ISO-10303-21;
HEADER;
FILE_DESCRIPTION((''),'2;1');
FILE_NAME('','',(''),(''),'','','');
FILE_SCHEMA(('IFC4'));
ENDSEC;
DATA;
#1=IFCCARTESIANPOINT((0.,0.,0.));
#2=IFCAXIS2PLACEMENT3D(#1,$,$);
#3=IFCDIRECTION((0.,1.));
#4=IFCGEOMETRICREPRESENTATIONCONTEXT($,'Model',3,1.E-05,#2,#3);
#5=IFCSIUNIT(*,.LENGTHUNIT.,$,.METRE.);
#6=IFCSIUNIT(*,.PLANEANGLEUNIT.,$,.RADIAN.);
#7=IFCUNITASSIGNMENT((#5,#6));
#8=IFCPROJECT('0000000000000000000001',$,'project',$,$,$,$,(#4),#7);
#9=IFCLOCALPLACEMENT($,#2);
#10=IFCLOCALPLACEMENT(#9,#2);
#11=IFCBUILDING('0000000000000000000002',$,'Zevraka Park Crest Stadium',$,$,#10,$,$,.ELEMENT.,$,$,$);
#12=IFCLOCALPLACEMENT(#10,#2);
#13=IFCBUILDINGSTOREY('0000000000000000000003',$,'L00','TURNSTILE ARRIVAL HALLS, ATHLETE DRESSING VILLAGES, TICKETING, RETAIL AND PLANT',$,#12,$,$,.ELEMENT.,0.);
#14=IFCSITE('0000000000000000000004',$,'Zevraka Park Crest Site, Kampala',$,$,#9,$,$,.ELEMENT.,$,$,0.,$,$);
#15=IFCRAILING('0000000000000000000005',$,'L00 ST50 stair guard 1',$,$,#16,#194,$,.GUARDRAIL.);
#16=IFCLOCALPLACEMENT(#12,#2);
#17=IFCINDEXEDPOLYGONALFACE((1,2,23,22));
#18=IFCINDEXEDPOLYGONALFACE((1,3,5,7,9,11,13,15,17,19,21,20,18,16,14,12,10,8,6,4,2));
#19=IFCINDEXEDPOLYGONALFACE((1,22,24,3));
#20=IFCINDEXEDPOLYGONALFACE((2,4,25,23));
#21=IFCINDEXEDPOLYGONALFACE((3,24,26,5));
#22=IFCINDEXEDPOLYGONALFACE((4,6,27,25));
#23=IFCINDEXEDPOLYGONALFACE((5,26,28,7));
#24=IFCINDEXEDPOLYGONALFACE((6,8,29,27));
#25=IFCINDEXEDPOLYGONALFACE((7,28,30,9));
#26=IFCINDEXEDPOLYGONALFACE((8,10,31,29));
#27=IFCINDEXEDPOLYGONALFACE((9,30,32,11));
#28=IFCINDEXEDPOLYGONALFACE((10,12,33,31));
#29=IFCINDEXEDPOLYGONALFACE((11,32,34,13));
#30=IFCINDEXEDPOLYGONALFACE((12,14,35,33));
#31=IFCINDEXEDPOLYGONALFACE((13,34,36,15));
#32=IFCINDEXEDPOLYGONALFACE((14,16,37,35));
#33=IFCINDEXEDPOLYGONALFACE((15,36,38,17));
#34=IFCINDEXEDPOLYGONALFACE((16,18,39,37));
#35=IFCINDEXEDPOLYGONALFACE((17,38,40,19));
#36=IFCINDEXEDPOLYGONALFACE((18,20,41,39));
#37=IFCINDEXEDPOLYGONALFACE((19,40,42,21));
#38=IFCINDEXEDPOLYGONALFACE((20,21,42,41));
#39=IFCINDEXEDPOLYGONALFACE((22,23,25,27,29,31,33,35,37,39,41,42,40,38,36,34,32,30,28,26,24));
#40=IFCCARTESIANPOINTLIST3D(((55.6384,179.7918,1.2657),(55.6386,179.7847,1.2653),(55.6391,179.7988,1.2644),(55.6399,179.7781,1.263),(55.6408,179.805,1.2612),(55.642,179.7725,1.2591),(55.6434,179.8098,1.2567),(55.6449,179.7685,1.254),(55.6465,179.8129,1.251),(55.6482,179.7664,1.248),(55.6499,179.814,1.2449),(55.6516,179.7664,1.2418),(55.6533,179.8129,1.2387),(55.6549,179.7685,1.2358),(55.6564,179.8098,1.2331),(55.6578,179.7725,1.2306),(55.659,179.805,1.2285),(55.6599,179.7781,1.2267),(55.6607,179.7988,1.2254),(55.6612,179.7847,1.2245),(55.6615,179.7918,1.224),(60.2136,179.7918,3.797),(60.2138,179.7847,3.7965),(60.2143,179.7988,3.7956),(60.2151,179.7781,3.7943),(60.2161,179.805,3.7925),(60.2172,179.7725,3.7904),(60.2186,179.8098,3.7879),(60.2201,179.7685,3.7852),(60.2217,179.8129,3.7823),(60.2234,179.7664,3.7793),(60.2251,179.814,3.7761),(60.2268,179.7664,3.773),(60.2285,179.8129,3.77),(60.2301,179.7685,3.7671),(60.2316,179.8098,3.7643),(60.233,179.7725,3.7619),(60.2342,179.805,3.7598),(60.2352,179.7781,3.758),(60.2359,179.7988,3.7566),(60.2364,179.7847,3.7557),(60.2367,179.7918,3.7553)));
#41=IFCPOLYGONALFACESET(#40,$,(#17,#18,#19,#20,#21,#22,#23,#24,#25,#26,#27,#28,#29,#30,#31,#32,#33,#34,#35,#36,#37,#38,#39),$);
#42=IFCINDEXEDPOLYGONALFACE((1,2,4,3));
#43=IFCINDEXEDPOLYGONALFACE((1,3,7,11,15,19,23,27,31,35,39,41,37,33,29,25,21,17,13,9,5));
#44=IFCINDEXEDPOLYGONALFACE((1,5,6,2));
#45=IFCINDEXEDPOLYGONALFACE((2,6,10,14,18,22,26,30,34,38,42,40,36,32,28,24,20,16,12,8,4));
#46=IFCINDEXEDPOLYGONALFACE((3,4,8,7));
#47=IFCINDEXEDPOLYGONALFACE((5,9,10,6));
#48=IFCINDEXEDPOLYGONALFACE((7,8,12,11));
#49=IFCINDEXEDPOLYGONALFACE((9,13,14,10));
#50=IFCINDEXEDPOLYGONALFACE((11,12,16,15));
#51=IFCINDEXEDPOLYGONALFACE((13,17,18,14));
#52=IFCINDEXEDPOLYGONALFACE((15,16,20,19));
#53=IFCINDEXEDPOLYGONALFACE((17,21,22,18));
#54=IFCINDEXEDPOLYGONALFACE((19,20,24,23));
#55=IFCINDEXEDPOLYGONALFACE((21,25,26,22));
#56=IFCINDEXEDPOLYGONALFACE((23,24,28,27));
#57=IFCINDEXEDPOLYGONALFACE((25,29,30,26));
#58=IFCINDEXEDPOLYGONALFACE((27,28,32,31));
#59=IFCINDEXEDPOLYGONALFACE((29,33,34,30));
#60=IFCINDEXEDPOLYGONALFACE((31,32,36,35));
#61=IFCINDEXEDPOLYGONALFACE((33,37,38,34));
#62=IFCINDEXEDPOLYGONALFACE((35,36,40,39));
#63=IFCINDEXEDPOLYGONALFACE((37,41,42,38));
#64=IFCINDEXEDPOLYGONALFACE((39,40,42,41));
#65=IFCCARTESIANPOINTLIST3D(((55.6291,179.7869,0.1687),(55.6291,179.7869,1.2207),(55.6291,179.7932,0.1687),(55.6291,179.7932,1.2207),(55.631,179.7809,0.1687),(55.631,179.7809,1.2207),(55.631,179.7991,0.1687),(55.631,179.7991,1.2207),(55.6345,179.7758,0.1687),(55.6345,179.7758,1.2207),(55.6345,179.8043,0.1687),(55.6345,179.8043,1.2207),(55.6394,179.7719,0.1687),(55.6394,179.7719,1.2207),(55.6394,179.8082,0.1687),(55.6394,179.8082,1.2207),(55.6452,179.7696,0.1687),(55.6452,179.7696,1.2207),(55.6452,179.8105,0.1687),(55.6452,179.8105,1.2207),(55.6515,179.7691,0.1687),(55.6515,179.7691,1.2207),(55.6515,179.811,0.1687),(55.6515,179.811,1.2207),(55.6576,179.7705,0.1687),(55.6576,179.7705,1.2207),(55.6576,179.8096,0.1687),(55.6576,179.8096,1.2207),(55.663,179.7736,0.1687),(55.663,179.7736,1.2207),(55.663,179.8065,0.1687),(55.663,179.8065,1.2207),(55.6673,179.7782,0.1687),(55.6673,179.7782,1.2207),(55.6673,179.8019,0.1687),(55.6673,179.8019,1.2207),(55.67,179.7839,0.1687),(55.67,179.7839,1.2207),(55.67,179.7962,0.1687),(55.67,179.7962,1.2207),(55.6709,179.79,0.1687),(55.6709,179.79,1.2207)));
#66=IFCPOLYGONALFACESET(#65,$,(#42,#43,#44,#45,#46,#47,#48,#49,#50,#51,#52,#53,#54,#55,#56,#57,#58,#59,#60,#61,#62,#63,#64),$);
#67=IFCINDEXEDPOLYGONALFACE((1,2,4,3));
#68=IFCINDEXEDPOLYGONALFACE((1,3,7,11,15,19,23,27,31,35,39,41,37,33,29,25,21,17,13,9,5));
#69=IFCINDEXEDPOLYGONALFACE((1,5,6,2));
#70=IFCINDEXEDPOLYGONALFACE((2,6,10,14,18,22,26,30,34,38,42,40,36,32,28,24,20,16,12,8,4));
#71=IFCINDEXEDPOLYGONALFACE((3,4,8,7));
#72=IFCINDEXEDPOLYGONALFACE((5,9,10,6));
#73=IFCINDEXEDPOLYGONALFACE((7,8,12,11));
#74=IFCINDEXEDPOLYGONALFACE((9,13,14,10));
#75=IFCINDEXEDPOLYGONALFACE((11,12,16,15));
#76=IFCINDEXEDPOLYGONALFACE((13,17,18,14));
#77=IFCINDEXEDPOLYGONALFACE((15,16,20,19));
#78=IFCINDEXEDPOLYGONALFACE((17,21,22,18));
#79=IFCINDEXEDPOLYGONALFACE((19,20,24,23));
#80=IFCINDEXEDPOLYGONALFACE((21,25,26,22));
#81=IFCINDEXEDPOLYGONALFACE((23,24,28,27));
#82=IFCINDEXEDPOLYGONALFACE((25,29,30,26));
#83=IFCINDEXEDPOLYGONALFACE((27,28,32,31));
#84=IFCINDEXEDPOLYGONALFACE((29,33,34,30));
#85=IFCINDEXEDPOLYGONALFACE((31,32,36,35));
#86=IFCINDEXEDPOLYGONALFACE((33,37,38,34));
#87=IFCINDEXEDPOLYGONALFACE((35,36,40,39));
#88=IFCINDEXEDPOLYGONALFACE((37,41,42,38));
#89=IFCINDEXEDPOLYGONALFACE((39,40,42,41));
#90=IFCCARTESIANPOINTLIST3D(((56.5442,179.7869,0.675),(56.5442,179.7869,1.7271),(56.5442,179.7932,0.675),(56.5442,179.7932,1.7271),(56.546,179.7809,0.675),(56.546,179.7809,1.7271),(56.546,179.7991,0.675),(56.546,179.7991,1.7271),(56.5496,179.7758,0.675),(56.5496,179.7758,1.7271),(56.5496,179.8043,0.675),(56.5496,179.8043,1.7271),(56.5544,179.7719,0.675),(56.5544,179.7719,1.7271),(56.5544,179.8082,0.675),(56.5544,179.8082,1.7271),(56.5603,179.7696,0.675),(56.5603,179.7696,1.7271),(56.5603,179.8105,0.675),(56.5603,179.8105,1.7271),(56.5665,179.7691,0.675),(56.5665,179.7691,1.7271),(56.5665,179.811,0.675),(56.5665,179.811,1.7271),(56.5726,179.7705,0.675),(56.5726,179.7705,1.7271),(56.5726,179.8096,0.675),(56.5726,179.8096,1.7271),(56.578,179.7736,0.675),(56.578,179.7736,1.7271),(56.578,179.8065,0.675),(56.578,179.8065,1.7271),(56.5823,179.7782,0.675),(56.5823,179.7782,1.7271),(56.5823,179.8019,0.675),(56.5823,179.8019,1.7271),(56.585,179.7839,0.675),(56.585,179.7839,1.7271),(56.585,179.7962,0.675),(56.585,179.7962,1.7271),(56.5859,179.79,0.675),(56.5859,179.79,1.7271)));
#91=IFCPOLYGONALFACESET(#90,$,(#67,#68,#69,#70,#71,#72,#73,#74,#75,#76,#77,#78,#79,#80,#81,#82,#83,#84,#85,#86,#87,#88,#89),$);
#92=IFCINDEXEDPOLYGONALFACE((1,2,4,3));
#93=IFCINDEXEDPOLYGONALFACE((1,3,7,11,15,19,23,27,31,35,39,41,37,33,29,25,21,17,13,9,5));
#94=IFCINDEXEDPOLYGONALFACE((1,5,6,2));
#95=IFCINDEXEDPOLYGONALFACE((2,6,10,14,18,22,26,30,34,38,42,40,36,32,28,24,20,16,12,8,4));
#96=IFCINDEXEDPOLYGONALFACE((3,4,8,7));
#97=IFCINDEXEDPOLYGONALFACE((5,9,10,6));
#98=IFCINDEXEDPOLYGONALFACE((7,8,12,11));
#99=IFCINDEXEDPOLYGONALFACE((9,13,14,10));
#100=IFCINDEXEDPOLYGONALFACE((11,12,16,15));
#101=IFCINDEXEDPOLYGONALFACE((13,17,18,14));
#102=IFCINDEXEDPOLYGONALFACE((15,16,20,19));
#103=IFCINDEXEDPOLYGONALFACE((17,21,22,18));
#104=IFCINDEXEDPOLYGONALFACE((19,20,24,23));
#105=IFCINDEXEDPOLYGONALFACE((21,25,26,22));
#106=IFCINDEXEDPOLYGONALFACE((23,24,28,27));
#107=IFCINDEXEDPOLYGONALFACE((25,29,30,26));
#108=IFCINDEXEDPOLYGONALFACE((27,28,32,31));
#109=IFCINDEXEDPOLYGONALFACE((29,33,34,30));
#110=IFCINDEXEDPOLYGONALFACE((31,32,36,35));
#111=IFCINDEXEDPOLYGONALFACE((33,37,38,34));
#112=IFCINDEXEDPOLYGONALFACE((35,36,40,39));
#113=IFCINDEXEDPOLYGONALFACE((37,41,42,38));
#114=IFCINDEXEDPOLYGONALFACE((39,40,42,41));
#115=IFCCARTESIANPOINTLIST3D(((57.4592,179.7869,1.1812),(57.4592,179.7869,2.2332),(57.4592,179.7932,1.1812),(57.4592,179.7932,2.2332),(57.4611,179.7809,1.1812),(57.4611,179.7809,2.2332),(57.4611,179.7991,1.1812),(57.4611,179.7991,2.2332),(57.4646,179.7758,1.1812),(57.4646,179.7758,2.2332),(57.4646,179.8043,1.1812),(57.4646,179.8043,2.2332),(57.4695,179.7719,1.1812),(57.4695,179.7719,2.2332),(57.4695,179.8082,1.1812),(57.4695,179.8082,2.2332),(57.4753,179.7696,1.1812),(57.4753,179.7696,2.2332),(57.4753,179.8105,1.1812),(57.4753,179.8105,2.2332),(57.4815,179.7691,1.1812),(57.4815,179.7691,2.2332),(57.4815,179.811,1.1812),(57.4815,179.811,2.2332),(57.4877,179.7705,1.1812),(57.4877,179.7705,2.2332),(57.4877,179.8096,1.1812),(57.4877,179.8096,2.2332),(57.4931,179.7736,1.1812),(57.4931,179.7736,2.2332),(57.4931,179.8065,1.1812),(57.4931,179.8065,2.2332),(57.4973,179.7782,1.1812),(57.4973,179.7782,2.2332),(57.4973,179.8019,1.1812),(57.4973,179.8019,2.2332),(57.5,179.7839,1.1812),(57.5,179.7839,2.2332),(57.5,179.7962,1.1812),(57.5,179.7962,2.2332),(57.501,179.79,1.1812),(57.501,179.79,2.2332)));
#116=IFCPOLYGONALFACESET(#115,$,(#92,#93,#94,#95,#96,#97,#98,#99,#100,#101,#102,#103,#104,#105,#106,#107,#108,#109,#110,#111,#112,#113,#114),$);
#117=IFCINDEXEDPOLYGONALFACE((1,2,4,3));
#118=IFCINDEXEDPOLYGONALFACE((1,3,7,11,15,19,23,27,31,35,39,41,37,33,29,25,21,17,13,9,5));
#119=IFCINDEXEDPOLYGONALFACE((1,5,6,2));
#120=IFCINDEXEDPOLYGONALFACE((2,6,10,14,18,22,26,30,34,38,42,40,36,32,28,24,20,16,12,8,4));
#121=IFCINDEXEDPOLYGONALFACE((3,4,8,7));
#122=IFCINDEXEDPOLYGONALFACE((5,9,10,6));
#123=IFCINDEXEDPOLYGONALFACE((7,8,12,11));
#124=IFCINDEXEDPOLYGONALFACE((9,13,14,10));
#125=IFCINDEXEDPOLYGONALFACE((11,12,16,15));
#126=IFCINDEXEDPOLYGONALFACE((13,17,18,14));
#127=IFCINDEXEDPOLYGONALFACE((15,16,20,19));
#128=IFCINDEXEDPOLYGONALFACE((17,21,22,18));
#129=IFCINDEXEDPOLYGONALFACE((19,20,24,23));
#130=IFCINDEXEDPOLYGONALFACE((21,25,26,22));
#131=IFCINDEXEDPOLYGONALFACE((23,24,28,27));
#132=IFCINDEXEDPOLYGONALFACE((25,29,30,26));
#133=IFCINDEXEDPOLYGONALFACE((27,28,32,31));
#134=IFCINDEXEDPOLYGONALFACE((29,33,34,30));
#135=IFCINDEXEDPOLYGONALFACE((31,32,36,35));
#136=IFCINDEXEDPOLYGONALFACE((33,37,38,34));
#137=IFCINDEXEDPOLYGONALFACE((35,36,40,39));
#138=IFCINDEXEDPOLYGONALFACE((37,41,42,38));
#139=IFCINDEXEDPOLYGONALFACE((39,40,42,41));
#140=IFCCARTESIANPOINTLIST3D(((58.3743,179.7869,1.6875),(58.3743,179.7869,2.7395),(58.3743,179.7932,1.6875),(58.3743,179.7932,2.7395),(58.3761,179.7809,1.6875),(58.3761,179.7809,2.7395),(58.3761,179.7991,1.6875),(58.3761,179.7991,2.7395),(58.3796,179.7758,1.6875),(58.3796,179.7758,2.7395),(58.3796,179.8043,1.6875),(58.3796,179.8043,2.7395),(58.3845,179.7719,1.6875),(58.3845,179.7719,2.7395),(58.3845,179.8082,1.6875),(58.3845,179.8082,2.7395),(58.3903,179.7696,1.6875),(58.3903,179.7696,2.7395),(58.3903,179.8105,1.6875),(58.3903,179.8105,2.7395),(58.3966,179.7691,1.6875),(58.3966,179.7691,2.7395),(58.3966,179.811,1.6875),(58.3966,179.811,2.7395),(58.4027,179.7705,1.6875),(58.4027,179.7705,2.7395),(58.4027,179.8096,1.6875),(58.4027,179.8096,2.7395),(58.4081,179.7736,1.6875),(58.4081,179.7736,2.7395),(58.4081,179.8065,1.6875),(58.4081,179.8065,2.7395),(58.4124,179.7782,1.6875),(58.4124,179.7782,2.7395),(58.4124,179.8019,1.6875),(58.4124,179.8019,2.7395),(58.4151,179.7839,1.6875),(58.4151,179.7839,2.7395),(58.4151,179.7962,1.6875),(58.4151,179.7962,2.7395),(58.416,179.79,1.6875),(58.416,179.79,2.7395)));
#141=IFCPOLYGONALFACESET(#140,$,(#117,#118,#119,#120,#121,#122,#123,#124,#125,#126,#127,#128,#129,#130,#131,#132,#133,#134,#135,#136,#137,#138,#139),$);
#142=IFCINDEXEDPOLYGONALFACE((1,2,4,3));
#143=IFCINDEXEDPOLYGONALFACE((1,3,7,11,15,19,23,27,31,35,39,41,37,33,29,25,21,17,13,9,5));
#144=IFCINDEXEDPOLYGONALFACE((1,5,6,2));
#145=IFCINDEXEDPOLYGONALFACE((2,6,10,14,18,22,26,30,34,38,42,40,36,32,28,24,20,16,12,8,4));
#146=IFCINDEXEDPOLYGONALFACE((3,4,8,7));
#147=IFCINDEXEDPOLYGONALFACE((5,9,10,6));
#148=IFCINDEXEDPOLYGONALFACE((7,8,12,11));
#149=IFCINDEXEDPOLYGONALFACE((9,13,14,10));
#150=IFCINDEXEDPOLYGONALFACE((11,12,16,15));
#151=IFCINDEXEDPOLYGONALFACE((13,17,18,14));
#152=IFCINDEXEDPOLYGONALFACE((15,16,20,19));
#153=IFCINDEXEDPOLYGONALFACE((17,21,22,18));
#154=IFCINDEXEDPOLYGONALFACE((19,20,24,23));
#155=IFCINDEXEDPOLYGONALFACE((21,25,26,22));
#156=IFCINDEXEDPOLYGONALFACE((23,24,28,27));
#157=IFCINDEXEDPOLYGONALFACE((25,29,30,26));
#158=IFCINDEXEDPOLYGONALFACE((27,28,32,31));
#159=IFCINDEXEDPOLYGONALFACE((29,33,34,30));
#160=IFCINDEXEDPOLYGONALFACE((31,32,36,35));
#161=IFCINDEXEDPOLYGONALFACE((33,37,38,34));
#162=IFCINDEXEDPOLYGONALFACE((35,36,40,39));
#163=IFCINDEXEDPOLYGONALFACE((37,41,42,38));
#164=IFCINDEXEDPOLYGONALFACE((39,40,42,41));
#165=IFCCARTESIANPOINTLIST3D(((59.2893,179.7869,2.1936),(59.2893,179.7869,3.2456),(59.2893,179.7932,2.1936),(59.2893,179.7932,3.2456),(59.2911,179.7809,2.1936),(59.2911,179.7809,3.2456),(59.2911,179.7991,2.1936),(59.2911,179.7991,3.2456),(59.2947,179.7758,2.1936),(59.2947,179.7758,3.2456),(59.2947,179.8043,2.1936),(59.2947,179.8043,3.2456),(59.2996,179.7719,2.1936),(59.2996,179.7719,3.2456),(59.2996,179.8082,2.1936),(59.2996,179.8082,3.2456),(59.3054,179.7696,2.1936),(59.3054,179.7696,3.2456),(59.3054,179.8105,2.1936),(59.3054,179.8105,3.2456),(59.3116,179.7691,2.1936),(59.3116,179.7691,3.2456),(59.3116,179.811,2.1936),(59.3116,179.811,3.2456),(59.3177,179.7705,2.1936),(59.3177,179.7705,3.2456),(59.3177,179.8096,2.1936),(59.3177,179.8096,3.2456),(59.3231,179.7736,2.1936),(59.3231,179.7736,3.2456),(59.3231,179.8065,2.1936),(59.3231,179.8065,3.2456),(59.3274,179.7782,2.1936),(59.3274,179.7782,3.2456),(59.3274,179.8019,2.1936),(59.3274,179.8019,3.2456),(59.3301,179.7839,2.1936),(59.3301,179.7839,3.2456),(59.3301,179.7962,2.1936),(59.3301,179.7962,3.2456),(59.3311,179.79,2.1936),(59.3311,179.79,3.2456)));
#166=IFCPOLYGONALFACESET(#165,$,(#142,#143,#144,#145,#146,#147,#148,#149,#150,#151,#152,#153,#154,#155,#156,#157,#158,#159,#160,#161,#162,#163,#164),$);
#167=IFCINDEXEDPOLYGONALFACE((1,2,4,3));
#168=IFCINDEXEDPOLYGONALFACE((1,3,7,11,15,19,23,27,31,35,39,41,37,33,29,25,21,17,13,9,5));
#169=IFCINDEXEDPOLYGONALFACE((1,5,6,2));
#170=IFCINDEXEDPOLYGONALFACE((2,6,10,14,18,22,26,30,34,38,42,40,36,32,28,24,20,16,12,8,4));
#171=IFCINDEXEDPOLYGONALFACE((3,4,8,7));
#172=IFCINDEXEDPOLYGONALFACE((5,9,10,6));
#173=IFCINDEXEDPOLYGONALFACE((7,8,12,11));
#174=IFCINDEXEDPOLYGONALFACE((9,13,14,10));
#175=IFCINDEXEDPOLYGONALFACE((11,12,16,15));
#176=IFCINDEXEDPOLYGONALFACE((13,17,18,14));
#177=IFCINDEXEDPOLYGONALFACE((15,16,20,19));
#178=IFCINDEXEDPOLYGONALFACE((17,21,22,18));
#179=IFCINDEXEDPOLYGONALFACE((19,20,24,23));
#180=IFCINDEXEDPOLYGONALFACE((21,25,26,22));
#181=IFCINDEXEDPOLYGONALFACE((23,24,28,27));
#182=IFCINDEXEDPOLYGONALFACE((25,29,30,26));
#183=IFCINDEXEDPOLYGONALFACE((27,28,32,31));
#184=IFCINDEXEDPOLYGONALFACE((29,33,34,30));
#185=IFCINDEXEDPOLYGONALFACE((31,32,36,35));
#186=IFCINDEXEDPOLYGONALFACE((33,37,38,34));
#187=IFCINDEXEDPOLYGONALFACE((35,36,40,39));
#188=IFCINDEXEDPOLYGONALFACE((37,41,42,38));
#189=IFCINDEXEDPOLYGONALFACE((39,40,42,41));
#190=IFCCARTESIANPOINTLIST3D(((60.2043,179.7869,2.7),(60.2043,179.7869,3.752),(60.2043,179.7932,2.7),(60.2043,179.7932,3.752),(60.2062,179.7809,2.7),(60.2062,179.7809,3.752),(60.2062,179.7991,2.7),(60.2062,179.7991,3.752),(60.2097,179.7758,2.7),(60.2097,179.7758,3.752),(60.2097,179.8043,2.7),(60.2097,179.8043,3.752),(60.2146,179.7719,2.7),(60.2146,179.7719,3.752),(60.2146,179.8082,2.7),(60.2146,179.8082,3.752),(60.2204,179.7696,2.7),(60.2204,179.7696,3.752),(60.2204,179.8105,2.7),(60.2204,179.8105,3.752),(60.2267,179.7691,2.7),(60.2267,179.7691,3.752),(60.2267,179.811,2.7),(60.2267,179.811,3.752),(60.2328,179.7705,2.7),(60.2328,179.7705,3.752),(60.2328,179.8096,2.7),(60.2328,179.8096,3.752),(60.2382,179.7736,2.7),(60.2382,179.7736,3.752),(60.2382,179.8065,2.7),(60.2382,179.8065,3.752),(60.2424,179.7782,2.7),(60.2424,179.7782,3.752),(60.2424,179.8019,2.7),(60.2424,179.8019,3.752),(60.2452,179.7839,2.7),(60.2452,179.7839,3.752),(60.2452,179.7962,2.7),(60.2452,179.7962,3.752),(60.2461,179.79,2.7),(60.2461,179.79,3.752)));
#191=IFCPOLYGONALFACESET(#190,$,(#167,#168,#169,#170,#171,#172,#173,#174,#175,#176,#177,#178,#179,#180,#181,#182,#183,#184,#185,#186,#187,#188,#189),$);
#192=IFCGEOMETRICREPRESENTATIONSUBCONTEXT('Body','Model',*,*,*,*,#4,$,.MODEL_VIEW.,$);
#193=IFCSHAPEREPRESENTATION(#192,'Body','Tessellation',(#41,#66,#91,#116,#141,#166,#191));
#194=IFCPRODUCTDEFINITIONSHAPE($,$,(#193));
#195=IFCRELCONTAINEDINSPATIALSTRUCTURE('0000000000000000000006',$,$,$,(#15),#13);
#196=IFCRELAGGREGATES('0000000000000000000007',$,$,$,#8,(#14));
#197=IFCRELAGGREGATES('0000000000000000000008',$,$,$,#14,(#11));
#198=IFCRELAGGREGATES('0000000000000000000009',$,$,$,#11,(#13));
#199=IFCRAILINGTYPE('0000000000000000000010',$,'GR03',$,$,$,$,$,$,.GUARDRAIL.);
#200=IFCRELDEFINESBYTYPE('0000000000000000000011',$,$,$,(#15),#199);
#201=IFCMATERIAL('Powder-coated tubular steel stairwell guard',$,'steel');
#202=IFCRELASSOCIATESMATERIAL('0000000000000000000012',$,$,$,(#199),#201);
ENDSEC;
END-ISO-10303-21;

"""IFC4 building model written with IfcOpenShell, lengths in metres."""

from ifc_helpers import new_model, si_unit, direction, frame, origin, origin_2d, place, context, subcontext, project, spatial, circle, extrude, material, type_object, element, save


model = new_model("IFC4")

# Units and contexts
model_context = context("Model", 3, precision=1e-05, world=origin(), true_north=direction((0.0, 1.0)))
body_context = subcontext(model_context, "Body", "Model", "MODEL_VIEW")
ifc_project = project(units=[si_unit("LENGTHUNIT", "METRE"), si_unit("PLANEANGLEUNIT", "RADIAN")], contexts=[model_context])

# Site, building, storey
site_placement = place(None, origin())
site = spatial("IfcSite", under=ifc_project, at=site_placement, Name="Zevraka Park Crest Site, Kampala", CompositionType="ELEMENT", RefElevation=0.0)
building_placement = place(site_placement, origin())
building = spatial("IfcBuilding", under=site, at=building_placement, Name="Zevraka Park Crest Stadium", CompositionType="ELEMENT")
storey_placement = place(building_placement, origin())
storey = spatial("IfcBuildingStorey", under=building, at=storey_placement, Name="L00", Description="TURNSTILE ARRIVAL HALLS, ATHLETE DRESSING VILLAGES, TICKETING, RETAIL AND PLANT", CompositionType="ELEMENT", Elevation=0.0)

# Railing
ifc_material_1 = material(Name="Powder-coated tubular steel stairwell guard", Category="steel")
railing_type_1 = type_object("IfcRailingType", Name="GR03", PredefinedType="GUARDRAIL", material=ifc_material_1)
railing_1_placement = place(storey_placement, frame((55.6499, 179.79, 0.1687)))
element("IfcRailing", 1, at=railing_1_placement, inside=storey, type_object=railing_type_1, Name="L00 ST50 stair guard 1", PredefinedType="GUARDRAIL", context=body_context, shape_type="SweptSolid", body=[
    extrude(circle(Radius=0.0239, at=origin_2d()), frame((0.0, 0.0, 1.0762), z_axis=(0.87501, 0.0, 0.484104), x_axis=(0.0, 1.0, 0.0)), (0.0, 0.0, 1.0), 5.2288),
    extrude(circle(Radius=0.021, at=origin_2d()), origin(), (0.0, 0.0, 1.0), 1.052),
    extrude(circle(Radius=0.021, at=origin_2d()), frame((0.915, 0.0, 0.5063)), (0.0, 0.0, 1.0), 1.052),
    extrude(circle(Radius=0.021, at=origin_2d()), frame((1.8301, 0.0, 1.0125)), (0.0, 0.0, 1.0), 1.052),
    extrude(circle(Radius=0.021, at=origin_2d()), frame((2.7451, 0.0, 1.5188)), (0.0, 0.0, 1.0), 1.052),
    extrude(circle(Radius=0.021, at=origin_2d()), frame((3.6602, 0.0, 2.0249)), (0.0, 0.0, 1.0), 1.052),
    extrude(circle(Radius=0.021, at=origin_2d()), frame((4.5752, 0.0, 2.5312)), (0.0, 0.0, 1.0), 1.052),
])

save(model, "model.ifc")
